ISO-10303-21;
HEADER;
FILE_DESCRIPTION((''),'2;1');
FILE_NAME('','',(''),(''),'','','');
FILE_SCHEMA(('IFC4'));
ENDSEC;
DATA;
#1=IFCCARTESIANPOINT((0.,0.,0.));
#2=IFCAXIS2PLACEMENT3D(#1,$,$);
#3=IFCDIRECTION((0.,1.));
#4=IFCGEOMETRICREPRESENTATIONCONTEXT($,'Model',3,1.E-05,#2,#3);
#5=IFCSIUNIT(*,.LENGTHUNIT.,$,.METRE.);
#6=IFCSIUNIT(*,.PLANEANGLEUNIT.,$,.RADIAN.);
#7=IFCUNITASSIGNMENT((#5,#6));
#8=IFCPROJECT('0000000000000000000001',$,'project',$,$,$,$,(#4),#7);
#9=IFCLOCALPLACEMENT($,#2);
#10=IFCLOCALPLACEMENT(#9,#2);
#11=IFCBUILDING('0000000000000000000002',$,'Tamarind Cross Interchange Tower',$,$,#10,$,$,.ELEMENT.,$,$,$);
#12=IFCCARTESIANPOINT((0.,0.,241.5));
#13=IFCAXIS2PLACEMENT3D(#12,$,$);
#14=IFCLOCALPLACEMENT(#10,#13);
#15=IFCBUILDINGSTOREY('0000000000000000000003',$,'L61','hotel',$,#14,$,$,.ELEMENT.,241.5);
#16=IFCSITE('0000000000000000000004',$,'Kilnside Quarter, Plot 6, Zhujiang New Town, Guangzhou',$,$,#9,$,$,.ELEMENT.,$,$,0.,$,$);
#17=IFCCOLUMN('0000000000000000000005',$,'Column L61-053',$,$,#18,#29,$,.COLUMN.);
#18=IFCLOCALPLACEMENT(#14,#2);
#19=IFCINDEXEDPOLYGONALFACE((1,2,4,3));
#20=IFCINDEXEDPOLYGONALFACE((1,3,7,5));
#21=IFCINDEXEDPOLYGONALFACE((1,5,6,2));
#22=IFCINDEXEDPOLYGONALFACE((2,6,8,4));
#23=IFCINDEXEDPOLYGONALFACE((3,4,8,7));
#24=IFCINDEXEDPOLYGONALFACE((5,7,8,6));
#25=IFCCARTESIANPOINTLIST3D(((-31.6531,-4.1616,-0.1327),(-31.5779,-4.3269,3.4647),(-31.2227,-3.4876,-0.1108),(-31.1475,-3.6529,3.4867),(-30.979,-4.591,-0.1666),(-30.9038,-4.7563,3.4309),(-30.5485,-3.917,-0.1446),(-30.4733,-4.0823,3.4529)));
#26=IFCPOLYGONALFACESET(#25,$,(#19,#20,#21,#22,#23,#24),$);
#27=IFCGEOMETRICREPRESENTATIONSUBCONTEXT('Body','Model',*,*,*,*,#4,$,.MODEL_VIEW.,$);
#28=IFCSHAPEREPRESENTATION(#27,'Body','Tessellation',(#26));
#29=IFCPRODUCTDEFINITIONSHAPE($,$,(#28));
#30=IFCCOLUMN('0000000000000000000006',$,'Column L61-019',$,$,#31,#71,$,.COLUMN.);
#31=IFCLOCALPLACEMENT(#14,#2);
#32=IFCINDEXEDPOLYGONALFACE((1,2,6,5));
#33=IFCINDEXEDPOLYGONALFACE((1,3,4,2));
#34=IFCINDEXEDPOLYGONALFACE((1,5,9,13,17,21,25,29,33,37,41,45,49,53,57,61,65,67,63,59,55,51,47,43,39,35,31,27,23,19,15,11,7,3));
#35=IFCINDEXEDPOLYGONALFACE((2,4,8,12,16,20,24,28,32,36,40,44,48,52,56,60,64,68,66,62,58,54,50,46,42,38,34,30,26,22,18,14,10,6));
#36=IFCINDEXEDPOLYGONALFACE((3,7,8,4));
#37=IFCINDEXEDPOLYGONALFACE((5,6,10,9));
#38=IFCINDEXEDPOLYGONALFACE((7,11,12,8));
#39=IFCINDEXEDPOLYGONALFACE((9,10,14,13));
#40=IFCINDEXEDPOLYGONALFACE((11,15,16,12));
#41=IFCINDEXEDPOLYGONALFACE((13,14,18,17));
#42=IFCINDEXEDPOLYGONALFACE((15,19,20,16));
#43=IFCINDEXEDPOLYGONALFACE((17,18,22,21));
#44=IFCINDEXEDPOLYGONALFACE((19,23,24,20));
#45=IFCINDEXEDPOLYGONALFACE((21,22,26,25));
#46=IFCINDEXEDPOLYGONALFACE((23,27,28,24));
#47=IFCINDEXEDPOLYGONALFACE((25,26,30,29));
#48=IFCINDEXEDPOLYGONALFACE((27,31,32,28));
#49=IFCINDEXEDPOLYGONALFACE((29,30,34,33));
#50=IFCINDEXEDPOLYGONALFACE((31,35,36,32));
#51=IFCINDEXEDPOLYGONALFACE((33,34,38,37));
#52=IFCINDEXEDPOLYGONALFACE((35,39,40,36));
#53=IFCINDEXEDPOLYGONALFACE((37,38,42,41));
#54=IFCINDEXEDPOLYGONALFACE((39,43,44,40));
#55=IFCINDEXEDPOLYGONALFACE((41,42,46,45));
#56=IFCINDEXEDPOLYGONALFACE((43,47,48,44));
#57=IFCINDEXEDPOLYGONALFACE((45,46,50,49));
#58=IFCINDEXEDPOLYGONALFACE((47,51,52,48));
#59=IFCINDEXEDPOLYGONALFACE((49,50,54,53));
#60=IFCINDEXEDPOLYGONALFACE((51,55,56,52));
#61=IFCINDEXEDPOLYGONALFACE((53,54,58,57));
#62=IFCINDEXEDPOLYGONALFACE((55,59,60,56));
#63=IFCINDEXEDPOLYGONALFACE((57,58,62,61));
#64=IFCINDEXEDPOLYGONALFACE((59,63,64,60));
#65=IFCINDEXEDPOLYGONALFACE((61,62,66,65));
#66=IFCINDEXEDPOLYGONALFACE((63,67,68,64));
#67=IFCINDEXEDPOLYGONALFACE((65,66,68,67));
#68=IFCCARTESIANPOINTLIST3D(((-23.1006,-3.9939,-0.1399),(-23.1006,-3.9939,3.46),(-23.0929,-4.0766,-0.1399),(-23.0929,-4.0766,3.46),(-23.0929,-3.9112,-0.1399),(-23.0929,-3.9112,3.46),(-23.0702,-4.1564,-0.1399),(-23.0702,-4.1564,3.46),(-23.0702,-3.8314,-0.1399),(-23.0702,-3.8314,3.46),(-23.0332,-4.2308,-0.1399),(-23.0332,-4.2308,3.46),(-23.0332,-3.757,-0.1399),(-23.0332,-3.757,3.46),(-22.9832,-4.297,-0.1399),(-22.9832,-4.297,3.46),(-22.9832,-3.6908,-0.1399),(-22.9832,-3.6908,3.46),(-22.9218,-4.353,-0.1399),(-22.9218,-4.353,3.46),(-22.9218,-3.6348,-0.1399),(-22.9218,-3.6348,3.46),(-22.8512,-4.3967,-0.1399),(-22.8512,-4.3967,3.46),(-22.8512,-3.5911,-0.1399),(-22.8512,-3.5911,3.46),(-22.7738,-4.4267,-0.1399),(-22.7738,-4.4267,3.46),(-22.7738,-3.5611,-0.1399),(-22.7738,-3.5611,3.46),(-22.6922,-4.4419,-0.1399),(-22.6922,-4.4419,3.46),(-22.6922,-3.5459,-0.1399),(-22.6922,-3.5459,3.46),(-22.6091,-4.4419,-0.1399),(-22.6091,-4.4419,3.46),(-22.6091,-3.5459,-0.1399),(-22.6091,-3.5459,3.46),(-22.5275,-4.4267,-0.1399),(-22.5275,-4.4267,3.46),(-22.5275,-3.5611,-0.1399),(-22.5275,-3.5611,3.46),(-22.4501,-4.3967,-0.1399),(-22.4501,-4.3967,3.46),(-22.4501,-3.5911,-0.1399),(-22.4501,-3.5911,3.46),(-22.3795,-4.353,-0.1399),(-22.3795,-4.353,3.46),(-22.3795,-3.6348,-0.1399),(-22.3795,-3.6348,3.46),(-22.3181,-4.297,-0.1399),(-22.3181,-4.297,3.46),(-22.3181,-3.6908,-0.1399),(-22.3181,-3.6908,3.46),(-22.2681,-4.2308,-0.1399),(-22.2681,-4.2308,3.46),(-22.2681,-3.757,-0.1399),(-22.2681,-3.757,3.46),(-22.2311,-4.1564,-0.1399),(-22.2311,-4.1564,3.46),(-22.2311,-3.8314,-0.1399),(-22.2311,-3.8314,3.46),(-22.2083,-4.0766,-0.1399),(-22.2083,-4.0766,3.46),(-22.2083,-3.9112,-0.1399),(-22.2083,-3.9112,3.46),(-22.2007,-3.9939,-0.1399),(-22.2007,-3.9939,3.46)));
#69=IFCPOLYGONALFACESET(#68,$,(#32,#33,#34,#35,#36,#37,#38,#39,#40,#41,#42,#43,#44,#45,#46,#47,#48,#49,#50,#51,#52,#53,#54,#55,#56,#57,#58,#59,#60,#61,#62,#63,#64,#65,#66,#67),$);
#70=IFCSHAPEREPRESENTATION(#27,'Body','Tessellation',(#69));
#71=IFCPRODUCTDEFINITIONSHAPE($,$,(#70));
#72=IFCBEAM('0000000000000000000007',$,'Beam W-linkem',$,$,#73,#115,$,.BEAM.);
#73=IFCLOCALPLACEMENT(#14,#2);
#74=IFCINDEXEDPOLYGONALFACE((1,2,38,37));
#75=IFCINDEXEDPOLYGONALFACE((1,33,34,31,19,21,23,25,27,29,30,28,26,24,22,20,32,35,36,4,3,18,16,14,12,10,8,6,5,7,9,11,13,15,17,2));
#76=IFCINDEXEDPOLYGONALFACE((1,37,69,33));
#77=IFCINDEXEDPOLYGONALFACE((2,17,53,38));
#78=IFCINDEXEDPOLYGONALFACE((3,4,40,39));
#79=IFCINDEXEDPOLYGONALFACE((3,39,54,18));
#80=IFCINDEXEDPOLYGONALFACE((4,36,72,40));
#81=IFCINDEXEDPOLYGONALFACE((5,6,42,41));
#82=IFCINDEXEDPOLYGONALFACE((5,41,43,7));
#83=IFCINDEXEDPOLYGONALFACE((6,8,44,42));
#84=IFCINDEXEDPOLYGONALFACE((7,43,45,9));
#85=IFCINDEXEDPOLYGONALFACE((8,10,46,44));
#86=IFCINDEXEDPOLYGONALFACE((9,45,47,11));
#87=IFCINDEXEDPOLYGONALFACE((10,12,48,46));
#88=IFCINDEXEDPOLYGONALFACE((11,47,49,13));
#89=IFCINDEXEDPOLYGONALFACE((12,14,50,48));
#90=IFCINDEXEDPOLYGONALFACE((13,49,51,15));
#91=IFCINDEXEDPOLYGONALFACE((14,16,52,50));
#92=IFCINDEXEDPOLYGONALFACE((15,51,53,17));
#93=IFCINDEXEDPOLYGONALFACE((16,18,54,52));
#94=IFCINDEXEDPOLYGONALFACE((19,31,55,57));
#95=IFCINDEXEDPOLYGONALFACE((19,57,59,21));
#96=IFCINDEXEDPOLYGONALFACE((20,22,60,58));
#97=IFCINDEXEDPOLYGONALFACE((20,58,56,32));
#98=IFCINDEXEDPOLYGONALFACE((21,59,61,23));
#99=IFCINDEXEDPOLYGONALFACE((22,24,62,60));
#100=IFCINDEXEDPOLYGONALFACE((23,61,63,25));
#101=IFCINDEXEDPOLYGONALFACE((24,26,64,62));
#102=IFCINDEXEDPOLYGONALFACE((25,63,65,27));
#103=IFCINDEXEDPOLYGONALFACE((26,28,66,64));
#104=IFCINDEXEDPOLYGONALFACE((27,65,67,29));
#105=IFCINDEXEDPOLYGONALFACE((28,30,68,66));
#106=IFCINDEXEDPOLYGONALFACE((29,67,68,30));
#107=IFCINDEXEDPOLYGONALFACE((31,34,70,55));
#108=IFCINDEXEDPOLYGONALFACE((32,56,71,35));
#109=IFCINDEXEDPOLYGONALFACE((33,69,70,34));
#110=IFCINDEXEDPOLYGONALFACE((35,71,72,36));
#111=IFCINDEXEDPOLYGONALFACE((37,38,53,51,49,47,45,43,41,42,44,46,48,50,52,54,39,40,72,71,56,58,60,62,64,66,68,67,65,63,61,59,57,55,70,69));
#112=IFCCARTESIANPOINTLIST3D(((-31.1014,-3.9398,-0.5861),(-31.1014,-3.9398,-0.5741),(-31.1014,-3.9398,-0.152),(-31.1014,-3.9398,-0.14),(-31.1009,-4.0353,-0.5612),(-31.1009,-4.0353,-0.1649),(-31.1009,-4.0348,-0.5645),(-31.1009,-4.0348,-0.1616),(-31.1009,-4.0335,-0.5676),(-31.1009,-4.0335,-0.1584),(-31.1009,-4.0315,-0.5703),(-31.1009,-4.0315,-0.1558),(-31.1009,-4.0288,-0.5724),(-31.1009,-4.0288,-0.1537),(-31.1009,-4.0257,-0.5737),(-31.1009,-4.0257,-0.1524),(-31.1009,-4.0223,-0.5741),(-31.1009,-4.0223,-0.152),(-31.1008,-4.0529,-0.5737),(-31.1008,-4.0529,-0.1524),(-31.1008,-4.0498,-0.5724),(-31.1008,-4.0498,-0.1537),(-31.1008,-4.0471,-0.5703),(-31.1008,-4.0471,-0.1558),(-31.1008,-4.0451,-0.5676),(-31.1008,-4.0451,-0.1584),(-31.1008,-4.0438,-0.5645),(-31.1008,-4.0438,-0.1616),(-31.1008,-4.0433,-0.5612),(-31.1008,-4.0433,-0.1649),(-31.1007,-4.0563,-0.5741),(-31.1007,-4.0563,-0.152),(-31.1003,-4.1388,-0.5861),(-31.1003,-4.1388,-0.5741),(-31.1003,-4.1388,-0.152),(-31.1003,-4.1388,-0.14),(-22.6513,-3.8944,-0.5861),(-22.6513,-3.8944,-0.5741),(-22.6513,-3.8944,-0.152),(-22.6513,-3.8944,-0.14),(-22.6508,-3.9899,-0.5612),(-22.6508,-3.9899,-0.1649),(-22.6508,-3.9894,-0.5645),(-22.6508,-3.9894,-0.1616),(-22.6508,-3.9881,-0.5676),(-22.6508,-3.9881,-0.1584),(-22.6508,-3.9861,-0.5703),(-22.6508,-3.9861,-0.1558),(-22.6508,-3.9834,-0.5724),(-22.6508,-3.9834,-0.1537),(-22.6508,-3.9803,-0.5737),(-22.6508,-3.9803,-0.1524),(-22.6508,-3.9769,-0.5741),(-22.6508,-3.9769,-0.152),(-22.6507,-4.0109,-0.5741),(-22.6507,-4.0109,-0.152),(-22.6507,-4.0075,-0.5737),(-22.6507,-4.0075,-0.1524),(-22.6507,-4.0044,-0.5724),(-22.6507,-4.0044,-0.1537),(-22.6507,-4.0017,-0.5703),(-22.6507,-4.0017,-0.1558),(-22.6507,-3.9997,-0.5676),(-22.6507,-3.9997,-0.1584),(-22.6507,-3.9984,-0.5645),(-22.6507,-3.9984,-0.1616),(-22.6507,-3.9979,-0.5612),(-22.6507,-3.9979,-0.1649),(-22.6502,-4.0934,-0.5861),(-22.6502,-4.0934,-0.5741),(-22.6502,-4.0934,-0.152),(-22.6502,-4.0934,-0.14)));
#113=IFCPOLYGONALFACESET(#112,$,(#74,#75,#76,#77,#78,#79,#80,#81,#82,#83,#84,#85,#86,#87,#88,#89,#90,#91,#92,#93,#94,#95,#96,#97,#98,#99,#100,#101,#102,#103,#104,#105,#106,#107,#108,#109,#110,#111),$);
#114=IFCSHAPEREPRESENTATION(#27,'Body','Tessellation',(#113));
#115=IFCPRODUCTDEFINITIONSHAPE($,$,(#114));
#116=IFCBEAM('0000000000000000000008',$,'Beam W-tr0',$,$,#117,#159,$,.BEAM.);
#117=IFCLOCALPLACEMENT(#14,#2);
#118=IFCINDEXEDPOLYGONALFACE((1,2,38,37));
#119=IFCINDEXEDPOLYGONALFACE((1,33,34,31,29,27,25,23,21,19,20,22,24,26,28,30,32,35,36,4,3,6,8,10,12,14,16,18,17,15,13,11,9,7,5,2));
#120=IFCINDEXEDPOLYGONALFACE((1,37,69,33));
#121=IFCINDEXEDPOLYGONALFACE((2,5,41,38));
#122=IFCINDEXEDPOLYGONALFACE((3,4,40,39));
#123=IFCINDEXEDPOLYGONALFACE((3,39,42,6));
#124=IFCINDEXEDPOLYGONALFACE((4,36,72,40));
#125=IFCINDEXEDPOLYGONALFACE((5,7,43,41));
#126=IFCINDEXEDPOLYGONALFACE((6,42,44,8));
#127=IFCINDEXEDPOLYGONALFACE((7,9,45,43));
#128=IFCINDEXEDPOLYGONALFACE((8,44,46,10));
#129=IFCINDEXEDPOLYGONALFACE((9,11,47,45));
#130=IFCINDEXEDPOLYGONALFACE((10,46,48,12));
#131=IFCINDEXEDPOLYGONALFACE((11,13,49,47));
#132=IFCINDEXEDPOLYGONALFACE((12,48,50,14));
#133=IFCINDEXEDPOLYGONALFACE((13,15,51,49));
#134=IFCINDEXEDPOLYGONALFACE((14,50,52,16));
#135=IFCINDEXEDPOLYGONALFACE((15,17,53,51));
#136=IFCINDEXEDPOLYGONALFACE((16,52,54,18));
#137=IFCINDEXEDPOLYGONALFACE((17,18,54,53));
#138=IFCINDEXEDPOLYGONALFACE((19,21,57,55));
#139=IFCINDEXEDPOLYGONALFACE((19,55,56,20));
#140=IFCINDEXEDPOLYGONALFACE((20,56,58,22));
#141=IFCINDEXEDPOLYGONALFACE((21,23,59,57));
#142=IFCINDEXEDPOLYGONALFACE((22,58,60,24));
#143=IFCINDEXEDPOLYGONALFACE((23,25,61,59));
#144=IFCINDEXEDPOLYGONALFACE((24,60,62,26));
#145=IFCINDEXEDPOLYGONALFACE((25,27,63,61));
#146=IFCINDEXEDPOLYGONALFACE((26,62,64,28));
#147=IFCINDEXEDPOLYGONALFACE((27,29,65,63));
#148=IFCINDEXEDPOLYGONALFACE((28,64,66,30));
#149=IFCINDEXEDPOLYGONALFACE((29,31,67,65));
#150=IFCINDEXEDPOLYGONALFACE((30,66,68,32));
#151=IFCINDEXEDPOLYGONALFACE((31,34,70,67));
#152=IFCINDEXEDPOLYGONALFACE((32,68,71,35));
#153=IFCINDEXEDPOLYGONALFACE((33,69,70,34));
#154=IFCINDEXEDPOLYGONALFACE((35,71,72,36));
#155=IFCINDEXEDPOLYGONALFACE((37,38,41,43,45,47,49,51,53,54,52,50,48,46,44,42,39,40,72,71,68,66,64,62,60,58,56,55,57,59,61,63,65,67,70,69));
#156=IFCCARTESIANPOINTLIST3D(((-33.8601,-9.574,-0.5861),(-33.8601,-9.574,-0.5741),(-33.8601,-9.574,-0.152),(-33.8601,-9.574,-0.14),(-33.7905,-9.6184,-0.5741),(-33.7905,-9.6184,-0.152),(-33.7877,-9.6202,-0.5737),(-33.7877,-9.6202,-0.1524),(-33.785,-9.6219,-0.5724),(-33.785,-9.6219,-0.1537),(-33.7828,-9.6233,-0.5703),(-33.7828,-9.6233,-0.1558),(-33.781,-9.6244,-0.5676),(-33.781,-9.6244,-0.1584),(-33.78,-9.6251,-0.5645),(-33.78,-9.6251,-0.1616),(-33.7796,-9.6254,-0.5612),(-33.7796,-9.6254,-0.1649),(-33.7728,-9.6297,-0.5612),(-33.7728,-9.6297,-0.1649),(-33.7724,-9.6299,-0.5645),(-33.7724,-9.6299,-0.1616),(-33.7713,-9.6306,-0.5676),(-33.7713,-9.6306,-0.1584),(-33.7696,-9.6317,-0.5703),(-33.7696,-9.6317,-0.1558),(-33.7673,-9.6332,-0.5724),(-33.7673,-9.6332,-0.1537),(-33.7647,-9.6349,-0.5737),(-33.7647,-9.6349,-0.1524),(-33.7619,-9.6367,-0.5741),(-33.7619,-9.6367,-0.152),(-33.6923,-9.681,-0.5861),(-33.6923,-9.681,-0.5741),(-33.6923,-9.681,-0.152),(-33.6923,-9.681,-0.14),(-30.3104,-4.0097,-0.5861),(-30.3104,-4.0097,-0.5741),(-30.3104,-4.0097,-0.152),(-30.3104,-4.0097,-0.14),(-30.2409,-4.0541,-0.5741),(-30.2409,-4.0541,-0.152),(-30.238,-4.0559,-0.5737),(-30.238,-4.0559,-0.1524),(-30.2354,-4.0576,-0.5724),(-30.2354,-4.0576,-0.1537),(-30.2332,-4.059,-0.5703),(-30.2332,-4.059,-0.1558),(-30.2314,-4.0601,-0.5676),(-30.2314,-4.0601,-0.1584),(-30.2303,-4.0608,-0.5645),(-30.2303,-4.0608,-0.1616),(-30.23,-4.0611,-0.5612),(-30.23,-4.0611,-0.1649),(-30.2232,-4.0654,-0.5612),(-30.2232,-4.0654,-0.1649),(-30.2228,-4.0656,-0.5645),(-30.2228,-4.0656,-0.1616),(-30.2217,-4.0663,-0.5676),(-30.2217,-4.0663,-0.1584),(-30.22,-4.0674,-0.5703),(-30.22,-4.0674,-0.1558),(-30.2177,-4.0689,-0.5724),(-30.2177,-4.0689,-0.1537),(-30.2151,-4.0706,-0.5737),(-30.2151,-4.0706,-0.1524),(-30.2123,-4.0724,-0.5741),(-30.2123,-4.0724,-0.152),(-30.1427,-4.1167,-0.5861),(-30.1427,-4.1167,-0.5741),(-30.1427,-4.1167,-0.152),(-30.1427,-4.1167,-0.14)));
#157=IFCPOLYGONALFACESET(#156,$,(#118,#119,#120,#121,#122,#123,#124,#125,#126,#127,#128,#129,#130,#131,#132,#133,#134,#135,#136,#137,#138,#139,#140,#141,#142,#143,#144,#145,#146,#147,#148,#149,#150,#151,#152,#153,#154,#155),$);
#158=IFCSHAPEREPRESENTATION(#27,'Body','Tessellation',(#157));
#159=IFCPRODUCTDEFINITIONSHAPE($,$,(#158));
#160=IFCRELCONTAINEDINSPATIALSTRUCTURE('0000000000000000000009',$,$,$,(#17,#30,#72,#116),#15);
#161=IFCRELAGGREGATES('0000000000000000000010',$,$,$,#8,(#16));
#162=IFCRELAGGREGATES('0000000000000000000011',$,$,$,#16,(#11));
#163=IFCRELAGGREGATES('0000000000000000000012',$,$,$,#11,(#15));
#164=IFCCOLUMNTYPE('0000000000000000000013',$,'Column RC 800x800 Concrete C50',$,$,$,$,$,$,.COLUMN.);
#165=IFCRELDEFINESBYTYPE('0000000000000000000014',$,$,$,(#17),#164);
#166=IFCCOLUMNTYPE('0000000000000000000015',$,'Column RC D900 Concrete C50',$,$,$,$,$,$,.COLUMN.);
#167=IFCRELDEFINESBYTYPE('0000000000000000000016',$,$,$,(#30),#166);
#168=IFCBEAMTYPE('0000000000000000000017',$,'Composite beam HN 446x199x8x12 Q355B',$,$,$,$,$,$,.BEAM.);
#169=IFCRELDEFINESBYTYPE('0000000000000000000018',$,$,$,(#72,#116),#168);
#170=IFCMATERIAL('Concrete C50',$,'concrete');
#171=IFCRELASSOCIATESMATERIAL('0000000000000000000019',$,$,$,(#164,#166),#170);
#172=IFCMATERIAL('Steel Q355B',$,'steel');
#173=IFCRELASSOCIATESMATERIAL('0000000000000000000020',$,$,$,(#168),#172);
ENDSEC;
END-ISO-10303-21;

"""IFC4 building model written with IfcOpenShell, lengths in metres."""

from ifc_helpers import new_model, si_unit, direction, frame, origin, origin_2d, place, context, subcontext, project, spatial, rectangle, circle, i_section, extrude, material, material_profile, profile_set, type_object, element, save


model = new_model("IFC4")

# Units and contexts
model_context = context("Model", 3, precision=1e-05, world=origin(), true_north=direction((0.0, 1.0)))
body_context = subcontext(model_context, "Body", "Model", "MODEL_VIEW")
ifc_project = project(units=[si_unit("LENGTHUNIT", "METRE"), si_unit("PLANEANGLEUNIT", "RADIAN")], contexts=[model_context])

# Site, building, storey
site_placement = place(None, origin())
site = spatial("IfcSite", under=ifc_project, at=site_placement, Name="Kilnside Quarter, Plot 6, Zhujiang New Town, Guangzhou", CompositionType="ELEMENT", RefElevation=0.0)
building_placement = place(site_placement, origin())
building = spatial("IfcBuilding", under=site, at=building_placement, Name="Tamarind Cross Interchange Tower", CompositionType="ELEMENT")
storey_placement = place(building_placement, frame((0.0, 0.0, 241.5)))
storey = spatial("IfcBuildingStorey", under=building, at=storey_placement, Name="L61", Description="hotel", CompositionType="ELEMENT", Elevation=241.5)

# Columns
ifc_material_1 = material(Name="Concrete C50", Category="concrete")
ifc_material_profile_1 = material_profile(ifc_material_1, rectangle(XDim=0.8, YDim=0.8, at=origin_2d()), Name="RC 800x800")
ifc_profile_set_1 = profile_set([ifc_material_profile_1], Name="Concrete C50")
column_type_1 = type_object("IfcColumnType", Name="Column RC 800x800 Concrete C50", PredefinedType="COLUMN", material=ifc_profile_set_1)
column_1_placement = place(storey_placement, frame((-31.1008, -4.0393, -0.1387), z_axis=(0.020876, -0.045887, 0.998728), x_axis=(0.538011, 0.84249, 0.027462)))
element("IfcColumn", 1, at=column_1_placement, inside=storey, type_object=column_type_1, Name="Column L61-053", PredefinedType="COLUMN", context=body_context, shape_type="SweptSolid", body=[
    extrude(rectangle(XDim=0.8, YDim=0.8, at=origin_2d()), origin(), (0.0, 0.0, 1.0), 3.6021),
])
ifc_material_profile_2 = material_profile(ifc_material_1, circle(Radius=0.45, at=origin_2d()), Name="RC D900")
ifc_profile_set_2 = profile_set([ifc_material_profile_2], Name="Concrete C50")
column_type_2 = type_object("IfcColumnType", Name="Column RC D900 Concrete C50", PredefinedType="COLUMN", material=ifc_profile_set_2)
column_2_placement = place(storey_placement, frame((-22.6506, -3.9939, -0.1399), z_axis=(0.0, 0.0, 1.0), x_axis=(1.0, 0.0, 0.0)))
element("IfcColumn", 2, at=column_2_placement, inside=storey, type_object=column_type_2, Name="Column L61-019", PredefinedType="COLUMN", context=body_context, shape_type="SweptSolid", body=[
    extrude(circle(Radius=0.45, at=origin_2d()), origin(), (0.0, 0.0, 1.0), 3.5999),
])

# Beams
ifc_material_2 = material(Name="Steel Q355B", Category="steel")
ifc_material_profile_3 = material_profile(ifc_material_2, i_section(OverallWidth=0.199, OverallDepth=0.446, WebThickness=0.0081, FlangeThickness=0.012, FilletRadius=0.0129, at=origin_2d()), Name="HN 446x199x8x12")
ifc_profile_set_3 = profile_set([ifc_material_profile_3], Name="Steel Q355B")
beam_type_1 = type_object("IfcBeamType", Name="Composite beam HN 446x199x8x12 Q355B", PredefinedType="BEAM", material=ifc_profile_set_3)
beam_1_placement = place(storey_placement, frame((-31.1008, -4.0393, -0.363), z_axis=(0.999986, 0.005374, 0.0), x_axis=(-0.005374, 0.999986, 0.0)))
element("IfcBeam", 3, at=beam_1_placement, inside=storey, type_object=beam_type_1, Name="Beam W-linkem", PredefinedType="BEAM", context=body_context, shape_type="SweptSolid", body=[
    extrude(i_section(OverallWidth=0.199, OverallDepth=0.446, WebThickness=0.0081, FlangeThickness=0.012, FilletRadius=0.0129, at=origin_2d()), origin(), (0.0, 0.0, 1.0), 8.4502),
])
beam_2_placement = place(storey_placement, frame((-30.2266, -4.0632, -0.363), z_axis=(-0.537813, -0.843064, 0.0), x_axis=(0.843064, -0.537813, 0.0)))
element("IfcBeam", 4, at=beam_2_placement, inside=storey, type_object=beam_type_1, Name="Beam W-tr0", PredefinedType="BEAM", context=body_context, shape_type="SweptSolid", body=[
    extrude(i_section(OverallWidth=0.199, OverallDepth=0.446, WebThickness=0.0081, FlangeThickness=0.012, FilletRadius=0.0129, at=origin_2d()), origin(), (0.0, 0.0, 1.0), 6.6001),
])

save(model, "model.ifc")
